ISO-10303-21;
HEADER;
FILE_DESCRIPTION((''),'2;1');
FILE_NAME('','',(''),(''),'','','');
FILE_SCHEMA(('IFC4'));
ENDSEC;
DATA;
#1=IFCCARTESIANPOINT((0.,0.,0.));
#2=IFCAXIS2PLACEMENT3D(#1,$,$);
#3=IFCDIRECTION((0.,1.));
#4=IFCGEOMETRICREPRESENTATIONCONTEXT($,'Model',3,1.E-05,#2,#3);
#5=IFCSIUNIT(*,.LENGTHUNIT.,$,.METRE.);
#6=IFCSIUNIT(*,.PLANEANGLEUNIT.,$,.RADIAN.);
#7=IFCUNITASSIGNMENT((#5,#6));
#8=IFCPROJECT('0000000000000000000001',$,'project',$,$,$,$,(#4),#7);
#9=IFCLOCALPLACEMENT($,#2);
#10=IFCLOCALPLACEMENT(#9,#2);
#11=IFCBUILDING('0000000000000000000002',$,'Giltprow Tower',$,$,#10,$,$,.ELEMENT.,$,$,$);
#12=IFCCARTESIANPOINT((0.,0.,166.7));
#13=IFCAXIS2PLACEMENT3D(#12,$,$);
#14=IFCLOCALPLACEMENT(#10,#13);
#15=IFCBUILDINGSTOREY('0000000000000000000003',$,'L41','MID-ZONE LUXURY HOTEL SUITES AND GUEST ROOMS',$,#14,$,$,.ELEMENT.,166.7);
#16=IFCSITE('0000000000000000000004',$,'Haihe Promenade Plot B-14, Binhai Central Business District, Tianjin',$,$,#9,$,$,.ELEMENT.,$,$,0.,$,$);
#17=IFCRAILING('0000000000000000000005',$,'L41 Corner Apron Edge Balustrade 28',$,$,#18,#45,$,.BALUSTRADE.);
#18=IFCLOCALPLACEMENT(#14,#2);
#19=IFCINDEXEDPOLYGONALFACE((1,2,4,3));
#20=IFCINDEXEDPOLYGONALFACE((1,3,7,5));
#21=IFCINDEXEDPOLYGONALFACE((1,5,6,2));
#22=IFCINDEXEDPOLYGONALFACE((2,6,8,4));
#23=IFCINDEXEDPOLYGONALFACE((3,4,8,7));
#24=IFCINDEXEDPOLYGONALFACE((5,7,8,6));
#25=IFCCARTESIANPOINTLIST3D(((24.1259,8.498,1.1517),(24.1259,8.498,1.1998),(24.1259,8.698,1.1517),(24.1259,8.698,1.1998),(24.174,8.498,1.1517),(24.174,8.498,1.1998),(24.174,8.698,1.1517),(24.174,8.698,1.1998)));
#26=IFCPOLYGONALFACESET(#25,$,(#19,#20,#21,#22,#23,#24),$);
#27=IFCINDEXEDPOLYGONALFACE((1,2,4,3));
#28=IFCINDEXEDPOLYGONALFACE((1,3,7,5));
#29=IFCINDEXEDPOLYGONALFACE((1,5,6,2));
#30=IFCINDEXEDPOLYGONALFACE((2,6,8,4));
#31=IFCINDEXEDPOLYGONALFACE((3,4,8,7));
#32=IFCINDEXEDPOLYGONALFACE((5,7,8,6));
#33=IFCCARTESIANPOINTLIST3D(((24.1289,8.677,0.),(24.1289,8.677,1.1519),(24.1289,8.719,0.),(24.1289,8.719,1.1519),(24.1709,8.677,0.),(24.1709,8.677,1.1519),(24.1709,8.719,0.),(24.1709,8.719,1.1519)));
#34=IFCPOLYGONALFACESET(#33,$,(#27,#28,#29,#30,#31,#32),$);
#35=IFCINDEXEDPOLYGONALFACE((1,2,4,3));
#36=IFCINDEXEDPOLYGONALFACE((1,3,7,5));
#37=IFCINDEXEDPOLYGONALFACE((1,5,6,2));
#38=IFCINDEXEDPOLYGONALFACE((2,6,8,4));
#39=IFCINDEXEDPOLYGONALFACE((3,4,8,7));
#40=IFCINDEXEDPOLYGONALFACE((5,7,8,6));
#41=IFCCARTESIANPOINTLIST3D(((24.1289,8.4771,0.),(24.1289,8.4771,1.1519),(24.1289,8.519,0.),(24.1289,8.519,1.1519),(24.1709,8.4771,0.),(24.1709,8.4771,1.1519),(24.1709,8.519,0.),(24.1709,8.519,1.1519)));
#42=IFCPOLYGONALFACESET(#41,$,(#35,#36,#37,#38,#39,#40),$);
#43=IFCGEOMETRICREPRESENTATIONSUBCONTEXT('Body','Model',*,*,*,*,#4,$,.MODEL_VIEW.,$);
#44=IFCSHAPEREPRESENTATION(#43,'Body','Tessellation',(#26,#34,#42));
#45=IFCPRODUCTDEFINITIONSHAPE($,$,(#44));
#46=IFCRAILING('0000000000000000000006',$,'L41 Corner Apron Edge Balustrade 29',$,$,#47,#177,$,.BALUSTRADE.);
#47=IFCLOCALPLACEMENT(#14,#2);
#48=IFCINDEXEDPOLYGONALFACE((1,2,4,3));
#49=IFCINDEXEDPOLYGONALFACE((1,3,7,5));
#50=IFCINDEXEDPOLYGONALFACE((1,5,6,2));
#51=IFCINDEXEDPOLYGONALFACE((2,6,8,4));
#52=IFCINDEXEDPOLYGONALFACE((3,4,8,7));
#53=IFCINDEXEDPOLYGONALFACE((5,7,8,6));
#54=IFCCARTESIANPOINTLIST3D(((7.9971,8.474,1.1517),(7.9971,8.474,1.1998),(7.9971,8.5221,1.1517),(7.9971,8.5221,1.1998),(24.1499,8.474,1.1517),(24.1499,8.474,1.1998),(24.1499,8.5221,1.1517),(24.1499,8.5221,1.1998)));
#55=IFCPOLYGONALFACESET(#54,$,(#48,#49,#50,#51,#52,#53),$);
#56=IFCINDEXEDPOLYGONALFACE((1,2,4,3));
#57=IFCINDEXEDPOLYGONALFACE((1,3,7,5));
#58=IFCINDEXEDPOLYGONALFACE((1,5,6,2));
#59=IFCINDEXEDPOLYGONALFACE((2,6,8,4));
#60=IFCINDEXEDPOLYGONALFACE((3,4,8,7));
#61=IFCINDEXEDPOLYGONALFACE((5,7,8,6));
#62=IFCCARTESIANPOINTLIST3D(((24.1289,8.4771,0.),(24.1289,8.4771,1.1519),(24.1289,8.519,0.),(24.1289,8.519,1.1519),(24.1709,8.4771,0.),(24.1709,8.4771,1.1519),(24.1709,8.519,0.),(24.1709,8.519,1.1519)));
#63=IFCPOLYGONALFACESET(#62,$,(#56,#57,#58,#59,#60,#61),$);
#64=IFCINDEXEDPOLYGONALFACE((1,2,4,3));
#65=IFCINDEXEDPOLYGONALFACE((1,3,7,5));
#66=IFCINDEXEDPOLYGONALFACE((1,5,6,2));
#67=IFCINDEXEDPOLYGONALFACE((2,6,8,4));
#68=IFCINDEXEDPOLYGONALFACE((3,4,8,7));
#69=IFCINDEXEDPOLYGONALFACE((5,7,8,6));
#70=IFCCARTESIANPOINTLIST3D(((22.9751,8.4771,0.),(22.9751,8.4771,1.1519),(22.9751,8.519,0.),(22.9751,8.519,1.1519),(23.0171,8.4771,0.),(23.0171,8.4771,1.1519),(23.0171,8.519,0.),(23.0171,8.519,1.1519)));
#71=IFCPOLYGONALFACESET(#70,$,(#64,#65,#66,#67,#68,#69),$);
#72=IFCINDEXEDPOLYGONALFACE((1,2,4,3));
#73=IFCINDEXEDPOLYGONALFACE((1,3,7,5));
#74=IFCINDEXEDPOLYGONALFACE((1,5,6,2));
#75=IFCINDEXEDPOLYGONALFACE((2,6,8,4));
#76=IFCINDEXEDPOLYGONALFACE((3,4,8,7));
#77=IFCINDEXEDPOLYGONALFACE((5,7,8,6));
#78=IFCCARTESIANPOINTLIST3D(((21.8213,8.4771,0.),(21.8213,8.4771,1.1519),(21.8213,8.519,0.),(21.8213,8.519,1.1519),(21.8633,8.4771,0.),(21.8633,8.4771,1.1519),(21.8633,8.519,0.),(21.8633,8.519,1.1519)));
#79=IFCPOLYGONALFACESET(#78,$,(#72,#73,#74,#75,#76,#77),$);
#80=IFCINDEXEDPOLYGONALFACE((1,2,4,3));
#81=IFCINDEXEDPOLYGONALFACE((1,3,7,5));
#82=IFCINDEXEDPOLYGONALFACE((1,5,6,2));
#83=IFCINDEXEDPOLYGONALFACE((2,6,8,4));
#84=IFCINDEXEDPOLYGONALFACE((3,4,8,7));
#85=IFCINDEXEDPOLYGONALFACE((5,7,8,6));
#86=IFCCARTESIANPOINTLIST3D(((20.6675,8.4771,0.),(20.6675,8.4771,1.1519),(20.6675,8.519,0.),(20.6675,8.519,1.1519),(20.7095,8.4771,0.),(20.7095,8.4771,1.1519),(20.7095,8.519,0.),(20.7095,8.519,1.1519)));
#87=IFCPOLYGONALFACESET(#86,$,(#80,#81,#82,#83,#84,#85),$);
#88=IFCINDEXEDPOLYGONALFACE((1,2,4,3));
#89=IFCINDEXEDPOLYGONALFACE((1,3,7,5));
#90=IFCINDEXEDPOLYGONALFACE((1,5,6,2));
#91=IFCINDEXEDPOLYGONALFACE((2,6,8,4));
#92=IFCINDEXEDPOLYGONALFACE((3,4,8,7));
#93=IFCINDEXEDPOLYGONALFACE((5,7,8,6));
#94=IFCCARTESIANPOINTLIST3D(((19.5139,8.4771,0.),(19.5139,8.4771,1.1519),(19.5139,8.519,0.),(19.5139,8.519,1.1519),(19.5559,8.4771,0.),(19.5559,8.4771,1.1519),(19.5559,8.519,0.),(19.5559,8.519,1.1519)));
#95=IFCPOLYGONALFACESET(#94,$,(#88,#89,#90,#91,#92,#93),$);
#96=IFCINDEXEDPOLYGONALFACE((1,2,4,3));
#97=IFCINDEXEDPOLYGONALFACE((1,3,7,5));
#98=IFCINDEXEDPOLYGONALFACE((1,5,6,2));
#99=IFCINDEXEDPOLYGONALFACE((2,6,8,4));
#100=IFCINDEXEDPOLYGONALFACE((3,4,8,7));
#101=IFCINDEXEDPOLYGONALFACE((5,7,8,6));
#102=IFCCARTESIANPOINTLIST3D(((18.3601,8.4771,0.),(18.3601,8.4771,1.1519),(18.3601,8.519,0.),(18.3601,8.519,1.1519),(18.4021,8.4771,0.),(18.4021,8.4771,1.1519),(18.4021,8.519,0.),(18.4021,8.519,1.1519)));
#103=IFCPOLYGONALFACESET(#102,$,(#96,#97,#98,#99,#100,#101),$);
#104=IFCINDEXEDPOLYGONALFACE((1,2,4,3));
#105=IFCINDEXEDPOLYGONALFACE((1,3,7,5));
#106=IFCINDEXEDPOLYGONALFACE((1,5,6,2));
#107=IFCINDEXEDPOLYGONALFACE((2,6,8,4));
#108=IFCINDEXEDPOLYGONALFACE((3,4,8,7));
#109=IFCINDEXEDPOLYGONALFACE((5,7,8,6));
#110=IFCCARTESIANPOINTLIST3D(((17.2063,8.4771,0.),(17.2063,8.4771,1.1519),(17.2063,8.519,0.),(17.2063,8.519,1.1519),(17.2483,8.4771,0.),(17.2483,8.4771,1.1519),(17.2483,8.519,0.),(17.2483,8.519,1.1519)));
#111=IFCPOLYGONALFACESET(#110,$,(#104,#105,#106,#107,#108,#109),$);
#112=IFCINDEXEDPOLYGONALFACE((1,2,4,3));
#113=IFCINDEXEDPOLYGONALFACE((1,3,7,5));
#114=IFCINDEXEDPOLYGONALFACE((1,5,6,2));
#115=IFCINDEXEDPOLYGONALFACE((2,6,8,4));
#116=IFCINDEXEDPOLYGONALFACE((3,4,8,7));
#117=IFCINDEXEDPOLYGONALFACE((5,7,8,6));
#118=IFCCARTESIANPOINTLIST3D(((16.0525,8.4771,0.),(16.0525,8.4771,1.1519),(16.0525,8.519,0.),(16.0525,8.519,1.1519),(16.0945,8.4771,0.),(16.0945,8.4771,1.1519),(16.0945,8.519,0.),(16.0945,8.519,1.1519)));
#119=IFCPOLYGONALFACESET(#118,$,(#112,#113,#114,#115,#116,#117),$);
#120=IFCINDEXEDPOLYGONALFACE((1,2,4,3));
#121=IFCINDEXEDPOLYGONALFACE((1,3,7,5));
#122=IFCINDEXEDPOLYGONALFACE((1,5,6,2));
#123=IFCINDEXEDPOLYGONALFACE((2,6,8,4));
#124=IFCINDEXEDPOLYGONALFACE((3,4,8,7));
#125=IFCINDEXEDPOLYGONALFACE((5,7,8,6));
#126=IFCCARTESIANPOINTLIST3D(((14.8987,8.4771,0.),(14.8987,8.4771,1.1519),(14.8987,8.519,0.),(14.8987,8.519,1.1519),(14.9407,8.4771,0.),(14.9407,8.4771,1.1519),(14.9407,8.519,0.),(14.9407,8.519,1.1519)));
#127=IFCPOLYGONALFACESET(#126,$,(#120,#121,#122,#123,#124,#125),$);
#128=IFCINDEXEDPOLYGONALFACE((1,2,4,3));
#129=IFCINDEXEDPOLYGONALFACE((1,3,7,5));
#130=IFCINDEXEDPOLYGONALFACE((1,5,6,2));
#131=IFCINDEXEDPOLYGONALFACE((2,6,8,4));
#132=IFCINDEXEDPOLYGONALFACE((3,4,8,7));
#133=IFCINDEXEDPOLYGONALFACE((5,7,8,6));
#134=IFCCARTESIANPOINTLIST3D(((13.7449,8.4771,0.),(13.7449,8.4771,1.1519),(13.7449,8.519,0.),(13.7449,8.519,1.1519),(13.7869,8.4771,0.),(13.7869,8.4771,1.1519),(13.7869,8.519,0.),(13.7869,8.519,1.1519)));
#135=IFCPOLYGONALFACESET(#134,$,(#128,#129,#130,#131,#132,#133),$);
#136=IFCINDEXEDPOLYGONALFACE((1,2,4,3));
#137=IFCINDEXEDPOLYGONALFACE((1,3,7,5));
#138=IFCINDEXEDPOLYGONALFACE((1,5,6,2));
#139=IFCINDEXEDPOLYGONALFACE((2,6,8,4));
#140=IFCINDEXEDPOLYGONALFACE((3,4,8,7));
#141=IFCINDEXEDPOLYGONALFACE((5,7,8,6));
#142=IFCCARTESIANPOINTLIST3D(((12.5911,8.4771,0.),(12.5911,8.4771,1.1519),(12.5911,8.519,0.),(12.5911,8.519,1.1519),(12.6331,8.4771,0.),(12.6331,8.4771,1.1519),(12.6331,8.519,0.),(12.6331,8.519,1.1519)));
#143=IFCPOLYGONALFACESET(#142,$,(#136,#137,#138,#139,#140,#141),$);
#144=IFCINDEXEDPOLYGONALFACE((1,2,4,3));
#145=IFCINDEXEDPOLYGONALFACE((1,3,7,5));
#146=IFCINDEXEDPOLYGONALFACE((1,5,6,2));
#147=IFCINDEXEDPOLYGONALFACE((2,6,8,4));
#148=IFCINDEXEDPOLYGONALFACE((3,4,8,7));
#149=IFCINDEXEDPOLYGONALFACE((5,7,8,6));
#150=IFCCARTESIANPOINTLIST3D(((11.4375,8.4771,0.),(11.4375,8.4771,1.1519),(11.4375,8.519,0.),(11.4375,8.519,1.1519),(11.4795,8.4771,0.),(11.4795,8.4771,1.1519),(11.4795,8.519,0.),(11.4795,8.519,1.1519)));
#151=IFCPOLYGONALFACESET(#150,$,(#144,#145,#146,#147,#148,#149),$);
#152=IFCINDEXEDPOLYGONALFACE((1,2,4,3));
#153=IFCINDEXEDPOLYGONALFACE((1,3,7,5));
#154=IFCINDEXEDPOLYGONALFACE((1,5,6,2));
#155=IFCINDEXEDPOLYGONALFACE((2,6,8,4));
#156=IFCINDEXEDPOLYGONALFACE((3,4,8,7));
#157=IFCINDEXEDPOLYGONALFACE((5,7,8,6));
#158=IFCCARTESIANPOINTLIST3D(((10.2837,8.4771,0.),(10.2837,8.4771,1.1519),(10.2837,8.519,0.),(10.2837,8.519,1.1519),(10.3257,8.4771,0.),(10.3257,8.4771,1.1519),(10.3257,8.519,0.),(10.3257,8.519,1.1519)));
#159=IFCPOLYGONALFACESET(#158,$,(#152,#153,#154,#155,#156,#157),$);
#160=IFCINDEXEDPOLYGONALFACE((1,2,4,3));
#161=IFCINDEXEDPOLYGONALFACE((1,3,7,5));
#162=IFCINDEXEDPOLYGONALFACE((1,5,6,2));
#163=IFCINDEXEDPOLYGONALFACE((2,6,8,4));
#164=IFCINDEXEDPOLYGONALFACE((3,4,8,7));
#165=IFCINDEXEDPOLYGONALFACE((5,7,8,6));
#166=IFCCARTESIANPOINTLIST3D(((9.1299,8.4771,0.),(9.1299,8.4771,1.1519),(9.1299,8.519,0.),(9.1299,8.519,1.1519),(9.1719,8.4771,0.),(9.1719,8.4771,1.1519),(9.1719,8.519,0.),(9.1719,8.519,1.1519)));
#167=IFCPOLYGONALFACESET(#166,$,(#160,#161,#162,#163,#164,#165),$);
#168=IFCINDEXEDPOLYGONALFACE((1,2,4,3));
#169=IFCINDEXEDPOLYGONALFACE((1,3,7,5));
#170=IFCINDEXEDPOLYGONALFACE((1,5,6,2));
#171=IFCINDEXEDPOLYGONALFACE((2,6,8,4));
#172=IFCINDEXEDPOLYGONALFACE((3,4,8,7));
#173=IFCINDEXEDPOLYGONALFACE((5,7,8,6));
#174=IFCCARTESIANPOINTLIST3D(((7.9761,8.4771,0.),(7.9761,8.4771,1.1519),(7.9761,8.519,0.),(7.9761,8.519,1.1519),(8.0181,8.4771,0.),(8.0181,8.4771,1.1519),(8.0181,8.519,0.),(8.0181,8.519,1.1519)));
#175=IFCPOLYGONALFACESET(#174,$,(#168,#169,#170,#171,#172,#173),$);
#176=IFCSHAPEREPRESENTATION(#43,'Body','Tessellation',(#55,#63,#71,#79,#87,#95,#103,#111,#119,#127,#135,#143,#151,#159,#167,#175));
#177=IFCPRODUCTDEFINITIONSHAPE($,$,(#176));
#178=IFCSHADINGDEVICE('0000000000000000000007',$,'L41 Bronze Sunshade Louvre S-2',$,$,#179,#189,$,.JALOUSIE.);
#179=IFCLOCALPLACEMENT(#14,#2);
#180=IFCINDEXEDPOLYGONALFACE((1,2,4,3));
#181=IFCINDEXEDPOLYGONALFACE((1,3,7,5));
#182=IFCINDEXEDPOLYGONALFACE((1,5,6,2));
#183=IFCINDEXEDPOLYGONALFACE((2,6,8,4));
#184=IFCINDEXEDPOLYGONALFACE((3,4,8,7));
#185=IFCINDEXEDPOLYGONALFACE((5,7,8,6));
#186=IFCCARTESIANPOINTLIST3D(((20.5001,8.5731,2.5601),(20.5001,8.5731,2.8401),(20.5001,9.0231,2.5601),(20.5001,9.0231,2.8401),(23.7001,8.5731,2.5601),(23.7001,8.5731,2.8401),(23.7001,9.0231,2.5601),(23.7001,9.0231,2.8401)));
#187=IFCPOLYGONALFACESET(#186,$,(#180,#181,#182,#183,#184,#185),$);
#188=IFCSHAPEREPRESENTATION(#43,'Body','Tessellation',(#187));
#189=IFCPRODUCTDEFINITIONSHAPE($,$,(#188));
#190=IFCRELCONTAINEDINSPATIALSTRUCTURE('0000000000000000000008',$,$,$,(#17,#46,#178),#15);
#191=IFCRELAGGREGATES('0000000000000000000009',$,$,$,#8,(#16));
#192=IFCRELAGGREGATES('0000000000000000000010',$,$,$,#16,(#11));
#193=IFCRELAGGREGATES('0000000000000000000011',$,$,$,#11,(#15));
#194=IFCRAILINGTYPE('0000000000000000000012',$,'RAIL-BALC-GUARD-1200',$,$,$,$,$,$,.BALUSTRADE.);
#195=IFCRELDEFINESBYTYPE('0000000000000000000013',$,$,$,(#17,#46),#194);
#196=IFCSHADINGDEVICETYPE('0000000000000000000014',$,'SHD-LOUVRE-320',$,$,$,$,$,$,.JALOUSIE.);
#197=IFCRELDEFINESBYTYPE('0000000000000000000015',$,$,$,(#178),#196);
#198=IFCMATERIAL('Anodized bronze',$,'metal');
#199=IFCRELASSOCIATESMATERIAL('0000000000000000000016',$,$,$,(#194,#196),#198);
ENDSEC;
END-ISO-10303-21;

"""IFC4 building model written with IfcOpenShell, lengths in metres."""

from ifc_helpers import new_model, si_unit, direction, frame, origin, origin_2d, place, context, subcontext, project, spatial, rectangle, extrude, source, transform, mapped, material, type_object, element, save


model = new_model("IFC4")

# Units and contexts
model_context = context("Model", 3, precision=1e-05, world=origin(), true_north=direction((0.0, 1.0)))
body_context = subcontext(model_context, "Body", "Model", "MODEL_VIEW")
ifc_project = project(units=[si_unit("LENGTHUNIT", "METRE"), si_unit("PLANEANGLEUNIT", "RADIAN")], contexts=[model_context])

# Site, building, storey
site_placement = place(None, origin())
site = spatial("IfcSite", under=ifc_project, at=site_placement, Name="Haihe Promenade Plot B-14, Binhai Central Business District, Tianjin", CompositionType="ELEMENT", RefElevation=0.0)
building_placement = place(site_placement, origin())
building = spatial("IfcBuilding", under=site, at=building_placement, Name="Giltprow Tower", CompositionType="ELEMENT")
storey_placement = place(building_placement, frame((0.0, 0.0, 166.7)))
storey = spatial("IfcBuildingStorey", under=building, at=storey_placement, Name="L41", Description="MID-ZONE LUXURY HOTEL SUITES AND GUEST ROOMS", CompositionType="ELEMENT", Elevation=166.7)

# Railings
ifc_material_1 = material(Name="Anodized bronze", Category="metal")
railing_type = type_object("IfcRailingType", Name="RAIL-BALC-GUARD-1200", PredefinedType="BALUSTRADE", material=ifc_material_1)
railing_1_placement = place(storey_placement, frame((24.1499, 8.698, 0.0)))
element("IfcRailing", 1, at=railing_1_placement, inside=storey, type_object=railing_type, Name="L41 Corner Apron Edge Balustrade 28", PredefinedType="BALUSTRADE", context=body_context, shape_type="SweptSolid", body=[
    extrude(rectangle(XDim=0.0481, YDim=0.0481, at=origin_2d()), frame((0.0, 0.0, 1.1758), z_axis=(0.0, -1.0, 0.0), x_axis=(1.0, 0.0, 0.0)), (0.0, 0.0, 1.0), 0.2),
    extrude(rectangle(XDim=0.042, YDim=0.042, at=origin_2d()), origin(), (0.0, 0.0, 1.0), 1.1519),
    extrude(rectangle(XDim=0.042, YDim=0.042, at=origin_2d()), frame((0.0, -0.2, 0.0)), (0.0, 0.0, 1.0), 1.1519),
])
railing_2_placement = place(storey_placement, frame((24.1499, 8.498, 0.0)))
element("IfcRailing", 2, at=railing_2_placement, inside=storey, type_object=railing_type, Name="L41 Corner Apron Edge Balustrade 29", PredefinedType="BALUSTRADE", context=body_context, shape_type="SweptSolid", body=[
    extrude(rectangle(XDim=0.0481, YDim=0.0481, at=origin_2d()), frame((0.0, 0.0, 1.1758), z_axis=(-1.0, 0.0, 0.0), x_axis=(0.0, -1.0, 0.0)), (0.0, 0.0, 1.0), 16.1528),
    extrude(rectangle(XDim=0.042, YDim=0.042, at=origin_2d()), origin(), (0.0, 0.0, 1.0), 1.1519),
    extrude(rectangle(XDim=0.042, YDim=0.042, at=origin_2d()), frame((-1.1538, 0.0, 0.0)), (0.0, 0.0, 1.0), 1.1519),
    extrude(rectangle(XDim=0.042, YDim=0.042, at=origin_2d()), frame((-2.3076, 0.0, 0.0)), (0.0, 0.0, 1.0), 1.1519),
    extrude(rectangle(XDim=0.042, YDim=0.042, at=origin_2d()), frame((-3.4614, 0.0, 0.0)), (0.0, 0.0, 1.0), 1.1519),
    extrude(rectangle(XDim=0.042, YDim=0.042, at=origin_2d()), frame((-4.615, 0.0, 0.0)), (0.0, 0.0, 1.0), 1.1519),
    extrude(rectangle(XDim=0.042, YDim=0.042, at=origin_2d()), frame((-5.7688, 0.0, 0.0)), (0.0, 0.0, 1.0), 1.1519),
    extrude(rectangle(XDim=0.042, YDim=0.042, at=origin_2d()), frame((-6.9226, 0.0, 0.0)), (0.0, 0.0, 1.0), 1.1519),
    extrude(rectangle(XDim=0.042, YDim=0.042, at=origin_2d()), frame((-8.0764, 0.0, 0.0)), (0.0, 0.0, 1.0), 1.1519),
    extrude(rectangle(XDim=0.042, YDim=0.042, at=origin_2d()), frame((-9.2302, 0.0, 0.0)), (0.0, 0.0, 1.0), 1.1519),
    extrude(rectangle(XDim=0.042, YDim=0.042, at=origin_2d()), frame((-10.384, 0.0, 0.0)), (0.0, 0.0, 1.0), 1.1519),
    extrude(rectangle(XDim=0.042, YDim=0.042, at=origin_2d()), frame((-11.5378, 0.0, 0.0)), (0.0, 0.0, 1.0), 1.1519),
    extrude(rectangle(XDim=0.042, YDim=0.042, at=origin_2d()), frame((-12.6914, 0.0, 0.0)), (0.0, 0.0, 1.0), 1.1519),
    extrude(rectangle(XDim=0.042, YDim=0.042, at=origin_2d()), frame((-13.8452, 0.0, 0.0)), (0.0, 0.0, 1.0), 1.1519),
    extrude(rectangle(XDim=0.042, YDim=0.042, at=origin_2d()), frame((-14.999, 0.0, 0.0)), (0.0, 0.0, 1.0), 1.1519),
    extrude(rectangle(XDim=0.042, YDim=0.042, at=origin_2d()), frame((-16.1528, 0.0, 0.0)), (0.0, 0.0, 1.0), 1.1519),
])

# Shading device
shading_device_type = type_object("IfcShadingDeviceType", Name="SHD-LOUVRE-320", PredefinedType="JALOUSIE", material=ifc_material_1)
shared_shape_1 = source(origin(), body_context, "Body", "SweptSolid", [
    extrude(rectangle(XDim=3.2, YDim=0.45, at=origin_2d()), origin(), (0.0, 0.0, 1.0), 0.28),
])
shading_device_placement = place(storey_placement, frame((22.1001, 8.7981, 2.5601), z_axis=(0.0, 0.0, 1.0), x_axis=(1.0, 0.0, 0.0)))
element("IfcShadingDevice", 3, at=shading_device_placement, inside=storey, type_object=shading_device_type, Name="L41 Bronze Sunshade Louvre S-2", PredefinedType="JALOUSIE", context=body_context, shape_type="MappedRepresentation", body=[
    mapped(shared_shape_1, transform((0.0, 0.0, 0.0), x_axis=(1.0, 0.0, 0.0), y_axis=(0.0, 1.0, 0.0), z_axis=(0.0, 0.0, 1.0), scale=1.0)),
])

save(model, "model.ifc")
